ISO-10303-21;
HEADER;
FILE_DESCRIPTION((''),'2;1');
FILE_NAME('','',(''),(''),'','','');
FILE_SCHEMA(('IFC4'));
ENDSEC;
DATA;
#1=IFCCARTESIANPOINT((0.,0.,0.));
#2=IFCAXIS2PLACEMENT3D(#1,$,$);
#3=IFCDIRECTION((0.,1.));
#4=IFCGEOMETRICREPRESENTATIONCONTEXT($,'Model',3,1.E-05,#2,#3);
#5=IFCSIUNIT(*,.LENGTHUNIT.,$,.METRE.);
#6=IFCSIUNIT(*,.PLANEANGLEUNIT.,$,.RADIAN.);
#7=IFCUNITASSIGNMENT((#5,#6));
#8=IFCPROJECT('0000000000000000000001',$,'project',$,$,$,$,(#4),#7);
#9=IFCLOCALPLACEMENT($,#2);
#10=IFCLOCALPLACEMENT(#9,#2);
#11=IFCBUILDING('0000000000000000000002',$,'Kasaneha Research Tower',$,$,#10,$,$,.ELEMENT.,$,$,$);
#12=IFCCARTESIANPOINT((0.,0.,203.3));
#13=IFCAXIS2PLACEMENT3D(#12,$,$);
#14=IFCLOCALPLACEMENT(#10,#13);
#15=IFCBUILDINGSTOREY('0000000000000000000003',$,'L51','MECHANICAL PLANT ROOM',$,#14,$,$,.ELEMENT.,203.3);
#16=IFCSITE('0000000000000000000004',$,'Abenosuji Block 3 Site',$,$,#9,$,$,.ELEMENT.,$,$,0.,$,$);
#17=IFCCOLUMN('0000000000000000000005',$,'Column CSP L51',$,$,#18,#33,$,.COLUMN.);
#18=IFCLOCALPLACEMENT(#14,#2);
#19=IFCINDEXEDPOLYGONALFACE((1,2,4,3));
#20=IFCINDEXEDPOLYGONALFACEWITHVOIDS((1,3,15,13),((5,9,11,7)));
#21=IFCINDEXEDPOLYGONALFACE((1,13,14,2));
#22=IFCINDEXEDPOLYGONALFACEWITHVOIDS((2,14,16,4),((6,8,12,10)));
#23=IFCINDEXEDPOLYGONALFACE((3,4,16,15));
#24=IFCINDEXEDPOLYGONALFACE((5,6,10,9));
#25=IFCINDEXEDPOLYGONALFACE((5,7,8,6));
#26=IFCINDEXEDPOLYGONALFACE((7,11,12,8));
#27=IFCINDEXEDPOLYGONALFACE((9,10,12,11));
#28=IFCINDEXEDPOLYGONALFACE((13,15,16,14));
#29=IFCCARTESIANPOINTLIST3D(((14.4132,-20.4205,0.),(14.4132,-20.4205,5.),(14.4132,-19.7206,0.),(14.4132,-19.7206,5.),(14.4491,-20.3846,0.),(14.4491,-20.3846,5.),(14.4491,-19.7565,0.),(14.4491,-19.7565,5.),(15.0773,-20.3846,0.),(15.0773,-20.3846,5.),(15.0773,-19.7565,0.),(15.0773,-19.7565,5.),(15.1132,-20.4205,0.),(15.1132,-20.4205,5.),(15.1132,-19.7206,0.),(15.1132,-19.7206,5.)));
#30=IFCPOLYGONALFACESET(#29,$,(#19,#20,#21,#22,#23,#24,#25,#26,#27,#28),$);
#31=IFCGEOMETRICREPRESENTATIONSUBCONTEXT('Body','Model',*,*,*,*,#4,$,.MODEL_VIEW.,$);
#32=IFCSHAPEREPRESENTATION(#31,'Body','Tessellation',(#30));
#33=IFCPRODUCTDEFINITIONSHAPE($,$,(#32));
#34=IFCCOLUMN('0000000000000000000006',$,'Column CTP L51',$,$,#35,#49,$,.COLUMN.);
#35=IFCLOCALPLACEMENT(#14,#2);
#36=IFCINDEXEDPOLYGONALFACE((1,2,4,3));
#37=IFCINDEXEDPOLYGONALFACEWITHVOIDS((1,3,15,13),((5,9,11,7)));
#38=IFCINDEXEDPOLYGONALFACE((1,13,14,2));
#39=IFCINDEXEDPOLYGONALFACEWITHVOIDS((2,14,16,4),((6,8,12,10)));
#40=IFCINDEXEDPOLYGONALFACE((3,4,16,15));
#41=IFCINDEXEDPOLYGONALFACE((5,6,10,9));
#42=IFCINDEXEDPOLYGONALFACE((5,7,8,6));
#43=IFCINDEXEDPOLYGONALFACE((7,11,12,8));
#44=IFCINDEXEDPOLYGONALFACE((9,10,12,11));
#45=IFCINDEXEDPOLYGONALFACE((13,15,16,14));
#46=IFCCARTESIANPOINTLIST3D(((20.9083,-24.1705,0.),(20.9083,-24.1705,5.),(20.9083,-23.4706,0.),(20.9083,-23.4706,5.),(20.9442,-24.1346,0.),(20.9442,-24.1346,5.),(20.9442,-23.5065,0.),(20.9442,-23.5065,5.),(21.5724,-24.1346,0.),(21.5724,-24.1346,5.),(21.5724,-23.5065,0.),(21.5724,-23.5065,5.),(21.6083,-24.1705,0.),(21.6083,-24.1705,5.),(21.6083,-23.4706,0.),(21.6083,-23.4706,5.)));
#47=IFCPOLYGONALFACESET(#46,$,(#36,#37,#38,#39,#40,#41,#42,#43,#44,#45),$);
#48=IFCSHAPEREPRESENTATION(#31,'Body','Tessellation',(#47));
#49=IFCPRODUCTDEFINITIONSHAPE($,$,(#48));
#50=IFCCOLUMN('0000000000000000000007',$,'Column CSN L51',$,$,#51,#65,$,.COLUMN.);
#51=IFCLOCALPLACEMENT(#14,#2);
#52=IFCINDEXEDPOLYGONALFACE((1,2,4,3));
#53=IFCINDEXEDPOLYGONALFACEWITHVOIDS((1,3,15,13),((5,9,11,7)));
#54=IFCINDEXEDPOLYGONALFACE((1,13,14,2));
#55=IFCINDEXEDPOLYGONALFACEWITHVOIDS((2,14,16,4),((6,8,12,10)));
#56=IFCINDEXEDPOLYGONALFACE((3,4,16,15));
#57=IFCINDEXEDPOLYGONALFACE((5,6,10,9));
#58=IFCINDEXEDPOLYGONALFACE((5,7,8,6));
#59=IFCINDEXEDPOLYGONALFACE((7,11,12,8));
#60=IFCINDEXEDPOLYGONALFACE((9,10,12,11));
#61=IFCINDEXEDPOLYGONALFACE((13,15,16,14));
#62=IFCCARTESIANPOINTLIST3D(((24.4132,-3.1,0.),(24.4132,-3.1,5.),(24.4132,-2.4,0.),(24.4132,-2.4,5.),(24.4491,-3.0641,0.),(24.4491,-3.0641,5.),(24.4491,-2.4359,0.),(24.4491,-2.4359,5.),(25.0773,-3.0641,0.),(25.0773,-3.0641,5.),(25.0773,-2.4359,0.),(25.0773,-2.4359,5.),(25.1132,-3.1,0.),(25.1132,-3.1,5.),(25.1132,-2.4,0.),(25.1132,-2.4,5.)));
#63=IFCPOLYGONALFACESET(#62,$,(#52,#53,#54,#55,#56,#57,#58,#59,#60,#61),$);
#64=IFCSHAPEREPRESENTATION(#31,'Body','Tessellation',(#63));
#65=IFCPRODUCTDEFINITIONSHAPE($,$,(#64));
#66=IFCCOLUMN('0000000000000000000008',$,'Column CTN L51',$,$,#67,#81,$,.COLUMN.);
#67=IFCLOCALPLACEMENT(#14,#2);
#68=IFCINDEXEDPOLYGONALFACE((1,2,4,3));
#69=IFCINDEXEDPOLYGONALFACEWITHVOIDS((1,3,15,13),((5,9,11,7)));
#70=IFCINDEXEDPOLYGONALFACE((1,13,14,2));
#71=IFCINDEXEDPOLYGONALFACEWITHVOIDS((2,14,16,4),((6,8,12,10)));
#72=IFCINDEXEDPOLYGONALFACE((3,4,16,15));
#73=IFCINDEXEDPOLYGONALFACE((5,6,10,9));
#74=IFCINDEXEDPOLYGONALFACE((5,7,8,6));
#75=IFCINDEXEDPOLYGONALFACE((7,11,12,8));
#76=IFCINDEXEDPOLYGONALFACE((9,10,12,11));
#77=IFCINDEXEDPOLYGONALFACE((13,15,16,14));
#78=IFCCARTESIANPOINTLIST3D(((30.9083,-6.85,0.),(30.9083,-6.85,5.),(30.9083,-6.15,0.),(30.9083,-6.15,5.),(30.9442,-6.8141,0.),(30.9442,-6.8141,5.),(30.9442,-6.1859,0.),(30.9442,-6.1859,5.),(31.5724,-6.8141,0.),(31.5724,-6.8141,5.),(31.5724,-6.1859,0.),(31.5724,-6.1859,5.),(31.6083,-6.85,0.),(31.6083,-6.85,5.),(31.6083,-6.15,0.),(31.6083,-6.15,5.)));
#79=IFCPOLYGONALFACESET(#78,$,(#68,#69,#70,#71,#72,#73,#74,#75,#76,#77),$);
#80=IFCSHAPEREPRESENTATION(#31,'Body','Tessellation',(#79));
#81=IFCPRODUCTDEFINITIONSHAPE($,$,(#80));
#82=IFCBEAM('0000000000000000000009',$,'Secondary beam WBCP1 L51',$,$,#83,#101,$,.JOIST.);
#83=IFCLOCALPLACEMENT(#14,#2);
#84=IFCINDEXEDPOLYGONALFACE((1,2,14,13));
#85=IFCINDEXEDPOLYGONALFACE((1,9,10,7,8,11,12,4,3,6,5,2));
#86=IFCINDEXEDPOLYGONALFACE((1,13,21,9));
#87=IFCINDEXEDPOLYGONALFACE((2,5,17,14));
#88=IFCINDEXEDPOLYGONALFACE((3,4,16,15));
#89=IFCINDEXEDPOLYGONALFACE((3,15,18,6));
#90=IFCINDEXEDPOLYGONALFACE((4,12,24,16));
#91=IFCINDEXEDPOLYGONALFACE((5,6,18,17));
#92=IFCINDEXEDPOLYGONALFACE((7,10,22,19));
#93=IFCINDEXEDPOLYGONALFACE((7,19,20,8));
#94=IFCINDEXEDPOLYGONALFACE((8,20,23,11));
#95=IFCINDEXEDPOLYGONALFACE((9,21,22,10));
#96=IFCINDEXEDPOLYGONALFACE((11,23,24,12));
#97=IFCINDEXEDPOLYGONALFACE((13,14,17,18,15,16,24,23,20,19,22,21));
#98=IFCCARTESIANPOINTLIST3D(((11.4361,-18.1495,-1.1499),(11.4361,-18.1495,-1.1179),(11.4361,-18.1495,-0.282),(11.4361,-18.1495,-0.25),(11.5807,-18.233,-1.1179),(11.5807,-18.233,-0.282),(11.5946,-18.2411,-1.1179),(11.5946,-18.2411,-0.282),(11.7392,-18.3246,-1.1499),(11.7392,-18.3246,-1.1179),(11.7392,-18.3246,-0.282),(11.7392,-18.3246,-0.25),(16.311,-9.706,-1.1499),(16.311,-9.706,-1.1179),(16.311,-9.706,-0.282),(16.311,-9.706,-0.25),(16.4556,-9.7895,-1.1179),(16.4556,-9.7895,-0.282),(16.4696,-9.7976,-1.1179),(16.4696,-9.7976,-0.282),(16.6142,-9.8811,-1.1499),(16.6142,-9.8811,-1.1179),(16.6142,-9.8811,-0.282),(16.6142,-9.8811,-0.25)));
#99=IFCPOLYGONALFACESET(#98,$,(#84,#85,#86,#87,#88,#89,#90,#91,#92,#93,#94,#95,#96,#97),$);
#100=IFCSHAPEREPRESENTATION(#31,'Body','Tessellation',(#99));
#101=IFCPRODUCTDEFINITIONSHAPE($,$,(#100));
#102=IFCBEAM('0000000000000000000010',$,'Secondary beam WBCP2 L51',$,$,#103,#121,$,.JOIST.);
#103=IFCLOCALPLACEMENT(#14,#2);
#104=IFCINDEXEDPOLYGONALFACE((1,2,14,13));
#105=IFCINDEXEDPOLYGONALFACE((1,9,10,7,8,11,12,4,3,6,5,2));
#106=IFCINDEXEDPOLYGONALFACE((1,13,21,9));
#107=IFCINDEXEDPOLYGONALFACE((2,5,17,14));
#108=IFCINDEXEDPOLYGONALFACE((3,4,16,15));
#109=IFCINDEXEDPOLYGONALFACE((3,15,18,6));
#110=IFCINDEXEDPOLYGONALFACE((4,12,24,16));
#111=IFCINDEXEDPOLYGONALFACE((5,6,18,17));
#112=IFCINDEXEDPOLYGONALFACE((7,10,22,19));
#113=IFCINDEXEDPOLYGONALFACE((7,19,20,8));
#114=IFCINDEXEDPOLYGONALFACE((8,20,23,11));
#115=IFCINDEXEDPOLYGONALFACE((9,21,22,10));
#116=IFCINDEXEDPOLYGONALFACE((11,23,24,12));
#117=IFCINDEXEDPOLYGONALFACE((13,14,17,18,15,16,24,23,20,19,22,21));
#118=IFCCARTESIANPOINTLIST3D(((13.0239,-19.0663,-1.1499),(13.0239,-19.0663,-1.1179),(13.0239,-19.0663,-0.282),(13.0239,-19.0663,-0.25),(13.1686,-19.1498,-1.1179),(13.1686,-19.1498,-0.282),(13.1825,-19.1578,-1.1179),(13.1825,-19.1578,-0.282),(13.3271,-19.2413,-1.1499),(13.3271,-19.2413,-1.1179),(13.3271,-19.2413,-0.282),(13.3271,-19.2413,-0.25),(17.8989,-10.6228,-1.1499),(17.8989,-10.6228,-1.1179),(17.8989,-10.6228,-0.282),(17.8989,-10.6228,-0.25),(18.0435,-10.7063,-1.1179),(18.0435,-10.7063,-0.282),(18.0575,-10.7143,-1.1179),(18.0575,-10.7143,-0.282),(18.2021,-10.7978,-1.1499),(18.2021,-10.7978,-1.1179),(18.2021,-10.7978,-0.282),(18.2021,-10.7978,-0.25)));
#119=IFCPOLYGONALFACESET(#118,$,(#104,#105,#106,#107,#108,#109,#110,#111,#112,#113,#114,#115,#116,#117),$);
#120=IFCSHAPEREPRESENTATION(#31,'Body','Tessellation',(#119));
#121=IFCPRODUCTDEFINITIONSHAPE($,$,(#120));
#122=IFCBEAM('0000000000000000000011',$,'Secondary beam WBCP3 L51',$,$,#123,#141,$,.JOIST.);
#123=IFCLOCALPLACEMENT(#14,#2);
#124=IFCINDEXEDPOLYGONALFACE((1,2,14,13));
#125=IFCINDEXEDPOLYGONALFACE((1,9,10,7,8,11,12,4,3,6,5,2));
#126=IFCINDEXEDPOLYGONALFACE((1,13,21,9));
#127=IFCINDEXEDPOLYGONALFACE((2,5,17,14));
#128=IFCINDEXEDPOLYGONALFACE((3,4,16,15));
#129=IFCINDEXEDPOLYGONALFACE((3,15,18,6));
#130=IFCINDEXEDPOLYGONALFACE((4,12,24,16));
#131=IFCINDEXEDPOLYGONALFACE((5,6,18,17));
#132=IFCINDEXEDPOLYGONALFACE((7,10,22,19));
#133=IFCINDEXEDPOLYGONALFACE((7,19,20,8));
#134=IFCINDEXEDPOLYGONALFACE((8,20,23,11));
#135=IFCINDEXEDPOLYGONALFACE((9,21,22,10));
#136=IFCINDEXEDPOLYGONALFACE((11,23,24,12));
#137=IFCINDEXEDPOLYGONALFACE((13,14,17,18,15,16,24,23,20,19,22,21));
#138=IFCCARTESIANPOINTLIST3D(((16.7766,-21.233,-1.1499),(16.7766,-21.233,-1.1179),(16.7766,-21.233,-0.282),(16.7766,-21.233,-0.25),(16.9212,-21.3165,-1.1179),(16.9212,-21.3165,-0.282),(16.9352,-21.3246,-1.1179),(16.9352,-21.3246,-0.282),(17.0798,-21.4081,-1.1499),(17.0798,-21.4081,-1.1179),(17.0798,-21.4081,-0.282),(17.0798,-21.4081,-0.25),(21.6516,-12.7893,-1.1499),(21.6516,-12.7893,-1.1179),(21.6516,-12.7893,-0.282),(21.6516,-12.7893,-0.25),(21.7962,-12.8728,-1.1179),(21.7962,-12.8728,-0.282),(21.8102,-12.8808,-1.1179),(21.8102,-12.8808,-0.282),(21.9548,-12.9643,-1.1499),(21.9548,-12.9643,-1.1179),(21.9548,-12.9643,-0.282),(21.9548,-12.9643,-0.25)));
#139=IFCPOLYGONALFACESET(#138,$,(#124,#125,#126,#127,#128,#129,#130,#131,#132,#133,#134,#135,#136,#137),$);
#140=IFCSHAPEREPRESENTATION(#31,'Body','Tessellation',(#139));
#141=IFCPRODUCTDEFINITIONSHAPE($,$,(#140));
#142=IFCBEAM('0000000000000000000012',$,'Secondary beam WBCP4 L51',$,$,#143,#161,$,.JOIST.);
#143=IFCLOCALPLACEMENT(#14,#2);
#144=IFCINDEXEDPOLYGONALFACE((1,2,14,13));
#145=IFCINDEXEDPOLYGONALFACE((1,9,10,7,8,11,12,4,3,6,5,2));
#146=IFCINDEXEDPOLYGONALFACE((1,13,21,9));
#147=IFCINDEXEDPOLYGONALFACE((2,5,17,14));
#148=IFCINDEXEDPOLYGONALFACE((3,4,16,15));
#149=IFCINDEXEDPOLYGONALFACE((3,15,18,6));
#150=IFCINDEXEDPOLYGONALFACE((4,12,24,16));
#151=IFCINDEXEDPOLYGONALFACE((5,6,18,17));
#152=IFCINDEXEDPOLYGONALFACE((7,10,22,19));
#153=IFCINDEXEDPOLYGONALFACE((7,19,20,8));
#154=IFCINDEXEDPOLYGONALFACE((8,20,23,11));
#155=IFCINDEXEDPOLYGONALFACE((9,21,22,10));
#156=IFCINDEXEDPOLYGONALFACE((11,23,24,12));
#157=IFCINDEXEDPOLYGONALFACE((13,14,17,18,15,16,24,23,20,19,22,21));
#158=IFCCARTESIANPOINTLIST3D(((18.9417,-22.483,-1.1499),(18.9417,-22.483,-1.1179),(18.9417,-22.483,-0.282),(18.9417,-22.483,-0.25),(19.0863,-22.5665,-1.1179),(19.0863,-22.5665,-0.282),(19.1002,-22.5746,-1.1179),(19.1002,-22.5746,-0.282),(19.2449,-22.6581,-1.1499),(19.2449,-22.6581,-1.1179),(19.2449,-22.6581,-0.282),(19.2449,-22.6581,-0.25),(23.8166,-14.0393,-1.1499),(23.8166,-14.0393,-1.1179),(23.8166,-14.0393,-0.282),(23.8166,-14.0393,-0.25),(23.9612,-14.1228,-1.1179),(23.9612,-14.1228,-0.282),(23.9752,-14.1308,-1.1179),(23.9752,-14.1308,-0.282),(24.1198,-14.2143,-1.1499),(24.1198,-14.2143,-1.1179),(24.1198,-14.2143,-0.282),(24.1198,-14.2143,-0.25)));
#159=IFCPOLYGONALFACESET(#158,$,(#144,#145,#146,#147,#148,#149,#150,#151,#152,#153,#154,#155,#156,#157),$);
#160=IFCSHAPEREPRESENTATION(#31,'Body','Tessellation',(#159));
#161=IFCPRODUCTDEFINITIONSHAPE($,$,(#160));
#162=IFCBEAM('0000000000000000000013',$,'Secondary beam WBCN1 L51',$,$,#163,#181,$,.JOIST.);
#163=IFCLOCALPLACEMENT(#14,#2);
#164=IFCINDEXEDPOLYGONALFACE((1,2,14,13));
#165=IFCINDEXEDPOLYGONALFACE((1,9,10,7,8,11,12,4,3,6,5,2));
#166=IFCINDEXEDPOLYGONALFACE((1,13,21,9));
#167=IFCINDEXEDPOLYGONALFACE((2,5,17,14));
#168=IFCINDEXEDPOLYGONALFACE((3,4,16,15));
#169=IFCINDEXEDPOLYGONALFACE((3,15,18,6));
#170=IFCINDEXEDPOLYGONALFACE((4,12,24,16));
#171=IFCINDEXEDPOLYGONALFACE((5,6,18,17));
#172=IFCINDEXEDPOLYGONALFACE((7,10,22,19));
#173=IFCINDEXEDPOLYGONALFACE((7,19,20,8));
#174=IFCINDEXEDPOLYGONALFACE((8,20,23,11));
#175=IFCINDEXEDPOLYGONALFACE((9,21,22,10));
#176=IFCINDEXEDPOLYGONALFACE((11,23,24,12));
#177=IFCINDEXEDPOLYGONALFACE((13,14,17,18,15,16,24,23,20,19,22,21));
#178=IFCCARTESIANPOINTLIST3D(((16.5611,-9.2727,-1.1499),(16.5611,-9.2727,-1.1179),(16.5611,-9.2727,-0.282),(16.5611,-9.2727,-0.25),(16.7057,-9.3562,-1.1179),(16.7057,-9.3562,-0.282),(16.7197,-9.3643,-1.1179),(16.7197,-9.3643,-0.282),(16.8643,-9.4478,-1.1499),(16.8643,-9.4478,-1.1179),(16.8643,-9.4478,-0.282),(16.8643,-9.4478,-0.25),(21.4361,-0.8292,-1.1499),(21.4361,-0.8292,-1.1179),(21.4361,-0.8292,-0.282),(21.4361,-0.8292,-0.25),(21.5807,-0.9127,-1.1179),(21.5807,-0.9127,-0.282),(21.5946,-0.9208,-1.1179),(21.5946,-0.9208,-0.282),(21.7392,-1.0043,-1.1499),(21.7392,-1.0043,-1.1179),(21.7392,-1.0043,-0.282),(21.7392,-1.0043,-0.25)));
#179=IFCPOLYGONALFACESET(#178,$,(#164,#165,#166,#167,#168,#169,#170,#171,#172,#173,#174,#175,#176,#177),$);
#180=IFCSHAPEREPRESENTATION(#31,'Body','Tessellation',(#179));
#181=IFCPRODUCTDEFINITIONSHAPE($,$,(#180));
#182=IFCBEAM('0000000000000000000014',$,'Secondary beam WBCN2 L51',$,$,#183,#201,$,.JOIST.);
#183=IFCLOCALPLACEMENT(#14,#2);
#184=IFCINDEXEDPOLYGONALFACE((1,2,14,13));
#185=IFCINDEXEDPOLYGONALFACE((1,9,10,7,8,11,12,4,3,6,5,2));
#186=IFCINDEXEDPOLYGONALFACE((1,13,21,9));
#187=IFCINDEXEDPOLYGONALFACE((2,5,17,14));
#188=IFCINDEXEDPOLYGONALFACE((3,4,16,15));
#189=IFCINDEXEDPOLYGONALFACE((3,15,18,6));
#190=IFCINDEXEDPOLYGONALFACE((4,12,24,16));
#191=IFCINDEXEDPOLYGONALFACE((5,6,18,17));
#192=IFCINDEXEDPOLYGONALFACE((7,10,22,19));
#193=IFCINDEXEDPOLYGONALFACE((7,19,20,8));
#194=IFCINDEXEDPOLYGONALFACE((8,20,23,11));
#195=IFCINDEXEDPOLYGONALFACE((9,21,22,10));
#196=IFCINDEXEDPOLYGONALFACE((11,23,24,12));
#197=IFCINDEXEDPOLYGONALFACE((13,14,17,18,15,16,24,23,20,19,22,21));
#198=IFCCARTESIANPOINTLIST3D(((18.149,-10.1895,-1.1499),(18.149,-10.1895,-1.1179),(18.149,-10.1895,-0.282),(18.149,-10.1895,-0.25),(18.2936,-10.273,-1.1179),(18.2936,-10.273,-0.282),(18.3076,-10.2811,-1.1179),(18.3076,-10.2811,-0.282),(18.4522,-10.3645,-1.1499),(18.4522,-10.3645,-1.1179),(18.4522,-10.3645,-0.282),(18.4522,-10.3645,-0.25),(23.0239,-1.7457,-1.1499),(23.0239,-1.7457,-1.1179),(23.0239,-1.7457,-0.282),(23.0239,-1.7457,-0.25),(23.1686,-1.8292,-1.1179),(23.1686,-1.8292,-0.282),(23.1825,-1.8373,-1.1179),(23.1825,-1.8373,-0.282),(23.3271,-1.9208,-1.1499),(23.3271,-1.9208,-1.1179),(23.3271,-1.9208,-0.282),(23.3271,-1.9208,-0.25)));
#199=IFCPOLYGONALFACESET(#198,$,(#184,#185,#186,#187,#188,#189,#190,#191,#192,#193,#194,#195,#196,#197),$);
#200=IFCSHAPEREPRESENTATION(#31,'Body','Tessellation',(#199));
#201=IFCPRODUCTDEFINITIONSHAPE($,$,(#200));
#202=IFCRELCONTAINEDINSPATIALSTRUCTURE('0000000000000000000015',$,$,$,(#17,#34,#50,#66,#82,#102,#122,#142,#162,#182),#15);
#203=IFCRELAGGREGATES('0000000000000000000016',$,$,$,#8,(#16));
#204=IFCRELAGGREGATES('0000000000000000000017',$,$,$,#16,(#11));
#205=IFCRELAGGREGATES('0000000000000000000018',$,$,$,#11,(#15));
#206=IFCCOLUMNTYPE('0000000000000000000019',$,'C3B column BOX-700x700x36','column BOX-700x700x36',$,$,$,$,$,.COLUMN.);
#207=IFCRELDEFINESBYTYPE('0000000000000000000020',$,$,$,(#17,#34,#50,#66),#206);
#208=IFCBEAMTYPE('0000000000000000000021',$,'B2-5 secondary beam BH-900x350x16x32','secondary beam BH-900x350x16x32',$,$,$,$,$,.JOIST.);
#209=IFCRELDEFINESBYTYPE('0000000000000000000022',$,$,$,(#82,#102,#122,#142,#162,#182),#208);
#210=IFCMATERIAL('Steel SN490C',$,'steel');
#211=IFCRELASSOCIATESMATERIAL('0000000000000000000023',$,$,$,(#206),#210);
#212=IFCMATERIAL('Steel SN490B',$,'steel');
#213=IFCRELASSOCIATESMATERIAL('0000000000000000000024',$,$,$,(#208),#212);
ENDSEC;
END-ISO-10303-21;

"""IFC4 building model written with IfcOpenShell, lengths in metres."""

from ifc_helpers import new_model, si_unit, direction, frame, origin, origin_2d, place, context, subcontext, project, spatial, hollow_rectangle, i_section, extrude, material, material_profile, profile_set, type_object, element, save


model = new_model("IFC4")

# Units and contexts
model_context = context("Model", 3, precision=1e-05, world=origin(), true_north=direction((0.0, 1.0)))
body_context = subcontext(model_context, "Body", "Model", "MODEL_VIEW")
ifc_project = project(units=[si_unit("LENGTHUNIT", "METRE"), si_unit("PLANEANGLEUNIT", "RADIAN")], contexts=[model_context])

# Site, building, storey
site_placement = place(None, origin())
site = spatial("IfcSite", under=ifc_project, at=site_placement, Name="Abenosuji Block 3 Site", CompositionType="ELEMENT", RefElevation=0.0)
building_placement = place(site_placement, origin())
building = spatial("IfcBuilding", under=site, at=building_placement, Name="Kasaneha Research Tower", CompositionType="ELEMENT")
storey_placement = place(building_placement, frame((0.0, 0.0, 203.3)))
storey = spatial("IfcBuildingStorey", under=building, at=storey_placement, Name="L51", Description="MECHANICAL PLANT ROOM", CompositionType="ELEMENT", Elevation=203.3)

# Columns
ifc_material_1 = material(Name="Steel SN490C", Category="steel")
ifc_material_profile_1 = material_profile(ifc_material_1, hollow_rectangle(XDim=0.7, YDim=0.7, WallThickness=0.0359, at=origin_2d()), Name="BOX-700x700x36")
ifc_profile_set_1 = profile_set([ifc_material_profile_1], Name="Steel SN490C")
column_type = type_object("IfcColumnType", Name="C3B column BOX-700x700x36", Description="column BOX-700x700x36", PredefinedType="COLUMN", material=ifc_profile_set_1)
for number, where, z_axis, x_axis, name in (
    (1, (14.7632, -20.0706, 0.0), (0.0, 0.0, 1.0), (1.0, 0.0, 0.0), "Column CSP L51"),
    (2, (21.2583, -23.8206, 0.0), (0.0, 0.0, 1.0), (1.0, 0.0, 0.0), "Column CTP L51"),
    (3, (24.7632, -2.75, 0.0), (0.0, 0.0, 1.0), (1.0, 0.0, 0.0), "Column CSN L51"),
    (4, (31.2583, -6.5, 0.0), (0.0, 0.0, 1.0), (1.0, 0.0, 0.0), "Column CTN L51"),
):
    element("IfcColumn", number, at=place(storey_placement, frame(where, z_axis=z_axis, x_axis=x_axis)), inside=storey, type_object=column_type, Name=name, PredefinedType="COLUMN", context=body_context, shape_type="SweptSolid", body=[
        extrude(hollow_rectangle(XDim=0.7, YDim=0.7, WallThickness=0.0359, at=origin_2d()), origin(), (0.0, 0.0, 1.0), 5.0),
    ])

# Beams
ifc_material_2 = material(Name="Steel SN490B", Category="steel")
ifc_material_profile_2 = material_profile(ifc_material_2, i_section(OverallWidth=0.3501, OverallDepth=0.8999, WebThickness=0.0161, FlangeThickness=0.032, at=origin_2d()), Name="BH-900x350x16x32")
ifc_profile_set_2 = profile_set([ifc_material_profile_2], Name="Steel SN490B")
beam_type_1 = type_object("IfcBeamType", Name="B2-5 secondary beam BH-900x350x16x32", Description="secondary beam BH-900x350x16x32", PredefinedType="JOIST", material=ifc_profile_set_2)
for number, where, z_axis, x_axis, name in (
    (5, (11.5876, -18.2371, -0.7), (0.500006, 0.866022, 0.0), (-0.866022, 0.500006, 0.0), "Secondary beam WBCP1 L51"),
    (6, (13.1755, -19.1538, -0.7), (0.500006, 0.866022, 0.0), (-0.866022, 0.500006, 0.0), "Secondary beam WBCP2 L51"),
):
    element("IfcBeam", number, at=place(storey_placement, frame(where, z_axis=z_axis, x_axis=x_axis)), inside=storey, type_object=beam_type_1, Name=name, PredefinedType="JOIST", context=body_context, shape_type="SweptSolid", body=[
        extrude(i_section(OverallWidth=0.3501, OverallDepth=0.8999, WebThickness=0.0161, FlangeThickness=0.032, at=origin_2d()), origin(), (0.0, 0.0, 1.0), 9.7498),
    ])
for number, where, z_axis, x_axis, name in (
    (7, (16.9282, -21.3206, -0.7), (0.499996, 0.866028, 0.0), (-0.866028, 0.499996, 0.0), "Secondary beam WBCP3 L51"),
    (8, (19.0933, -22.5706, -0.7), (0.499996, 0.866028, 0.0), (-0.866028, 0.499996, 0.0), "Secondary beam WBCP4 L51"),
):
    element("IfcBeam", number, at=place(storey_placement, frame(where, z_axis=z_axis, x_axis=x_axis)), inside=storey, type_object=beam_type_1, Name=name, PredefinedType="JOIST", context=body_context, shape_type="SweptSolid", body=[
        extrude(i_section(OverallWidth=0.3501, OverallDepth=0.8999, WebThickness=0.0161, FlangeThickness=0.032, at=origin_2d()), origin(), (0.0, 0.0, 1.0), 9.75),
    ])
beam_placement = place(storey_placement, frame((21.5876, -0.9167, -0.7), z_axis=(-0.500006, -0.866022, 0.0), x_axis=(0.866022, -0.500006, 0.0)))
element("IfcBeam", 9, at=beam_placement, inside=storey, type_object=beam_type_1, Name="Secondary beam WBCN1 L51", PredefinedType="JOIST", context=body_context, shape_type="SweptSolid", body=[
    extrude(i_section(OverallWidth=0.3501, OverallDepth=0.8999, WebThickness=0.0161, FlangeThickness=0.032, at=origin_2d()), origin(), (0.0, 0.0, 1.0), 9.7498),
])
for number, where, z_axis, x_axis, name in (
    (10, (23.1755, -1.8333, -0.7), (-0.499996, -0.866028, 0.0), (0.866028, -0.499996, 0.0), "Secondary beam WBCN2 L51"),
):
    element("IfcBeam", number, at=place(storey_placement, frame(where, z_axis=z_axis, x_axis=x_axis)), inside=storey, type_object=beam_type_1, Name=name, PredefinedType="JOIST", context=body_context, shape_type="SweptSolid", body=[
        extrude(i_section(OverallWidth=0.3501, OverallDepth=0.8999, WebThickness=0.0161, FlangeThickness=0.032, at=origin_2d()), origin(), (0.0, 0.0, 1.0), 9.75),
    ])

save(model, "model.ifc")
